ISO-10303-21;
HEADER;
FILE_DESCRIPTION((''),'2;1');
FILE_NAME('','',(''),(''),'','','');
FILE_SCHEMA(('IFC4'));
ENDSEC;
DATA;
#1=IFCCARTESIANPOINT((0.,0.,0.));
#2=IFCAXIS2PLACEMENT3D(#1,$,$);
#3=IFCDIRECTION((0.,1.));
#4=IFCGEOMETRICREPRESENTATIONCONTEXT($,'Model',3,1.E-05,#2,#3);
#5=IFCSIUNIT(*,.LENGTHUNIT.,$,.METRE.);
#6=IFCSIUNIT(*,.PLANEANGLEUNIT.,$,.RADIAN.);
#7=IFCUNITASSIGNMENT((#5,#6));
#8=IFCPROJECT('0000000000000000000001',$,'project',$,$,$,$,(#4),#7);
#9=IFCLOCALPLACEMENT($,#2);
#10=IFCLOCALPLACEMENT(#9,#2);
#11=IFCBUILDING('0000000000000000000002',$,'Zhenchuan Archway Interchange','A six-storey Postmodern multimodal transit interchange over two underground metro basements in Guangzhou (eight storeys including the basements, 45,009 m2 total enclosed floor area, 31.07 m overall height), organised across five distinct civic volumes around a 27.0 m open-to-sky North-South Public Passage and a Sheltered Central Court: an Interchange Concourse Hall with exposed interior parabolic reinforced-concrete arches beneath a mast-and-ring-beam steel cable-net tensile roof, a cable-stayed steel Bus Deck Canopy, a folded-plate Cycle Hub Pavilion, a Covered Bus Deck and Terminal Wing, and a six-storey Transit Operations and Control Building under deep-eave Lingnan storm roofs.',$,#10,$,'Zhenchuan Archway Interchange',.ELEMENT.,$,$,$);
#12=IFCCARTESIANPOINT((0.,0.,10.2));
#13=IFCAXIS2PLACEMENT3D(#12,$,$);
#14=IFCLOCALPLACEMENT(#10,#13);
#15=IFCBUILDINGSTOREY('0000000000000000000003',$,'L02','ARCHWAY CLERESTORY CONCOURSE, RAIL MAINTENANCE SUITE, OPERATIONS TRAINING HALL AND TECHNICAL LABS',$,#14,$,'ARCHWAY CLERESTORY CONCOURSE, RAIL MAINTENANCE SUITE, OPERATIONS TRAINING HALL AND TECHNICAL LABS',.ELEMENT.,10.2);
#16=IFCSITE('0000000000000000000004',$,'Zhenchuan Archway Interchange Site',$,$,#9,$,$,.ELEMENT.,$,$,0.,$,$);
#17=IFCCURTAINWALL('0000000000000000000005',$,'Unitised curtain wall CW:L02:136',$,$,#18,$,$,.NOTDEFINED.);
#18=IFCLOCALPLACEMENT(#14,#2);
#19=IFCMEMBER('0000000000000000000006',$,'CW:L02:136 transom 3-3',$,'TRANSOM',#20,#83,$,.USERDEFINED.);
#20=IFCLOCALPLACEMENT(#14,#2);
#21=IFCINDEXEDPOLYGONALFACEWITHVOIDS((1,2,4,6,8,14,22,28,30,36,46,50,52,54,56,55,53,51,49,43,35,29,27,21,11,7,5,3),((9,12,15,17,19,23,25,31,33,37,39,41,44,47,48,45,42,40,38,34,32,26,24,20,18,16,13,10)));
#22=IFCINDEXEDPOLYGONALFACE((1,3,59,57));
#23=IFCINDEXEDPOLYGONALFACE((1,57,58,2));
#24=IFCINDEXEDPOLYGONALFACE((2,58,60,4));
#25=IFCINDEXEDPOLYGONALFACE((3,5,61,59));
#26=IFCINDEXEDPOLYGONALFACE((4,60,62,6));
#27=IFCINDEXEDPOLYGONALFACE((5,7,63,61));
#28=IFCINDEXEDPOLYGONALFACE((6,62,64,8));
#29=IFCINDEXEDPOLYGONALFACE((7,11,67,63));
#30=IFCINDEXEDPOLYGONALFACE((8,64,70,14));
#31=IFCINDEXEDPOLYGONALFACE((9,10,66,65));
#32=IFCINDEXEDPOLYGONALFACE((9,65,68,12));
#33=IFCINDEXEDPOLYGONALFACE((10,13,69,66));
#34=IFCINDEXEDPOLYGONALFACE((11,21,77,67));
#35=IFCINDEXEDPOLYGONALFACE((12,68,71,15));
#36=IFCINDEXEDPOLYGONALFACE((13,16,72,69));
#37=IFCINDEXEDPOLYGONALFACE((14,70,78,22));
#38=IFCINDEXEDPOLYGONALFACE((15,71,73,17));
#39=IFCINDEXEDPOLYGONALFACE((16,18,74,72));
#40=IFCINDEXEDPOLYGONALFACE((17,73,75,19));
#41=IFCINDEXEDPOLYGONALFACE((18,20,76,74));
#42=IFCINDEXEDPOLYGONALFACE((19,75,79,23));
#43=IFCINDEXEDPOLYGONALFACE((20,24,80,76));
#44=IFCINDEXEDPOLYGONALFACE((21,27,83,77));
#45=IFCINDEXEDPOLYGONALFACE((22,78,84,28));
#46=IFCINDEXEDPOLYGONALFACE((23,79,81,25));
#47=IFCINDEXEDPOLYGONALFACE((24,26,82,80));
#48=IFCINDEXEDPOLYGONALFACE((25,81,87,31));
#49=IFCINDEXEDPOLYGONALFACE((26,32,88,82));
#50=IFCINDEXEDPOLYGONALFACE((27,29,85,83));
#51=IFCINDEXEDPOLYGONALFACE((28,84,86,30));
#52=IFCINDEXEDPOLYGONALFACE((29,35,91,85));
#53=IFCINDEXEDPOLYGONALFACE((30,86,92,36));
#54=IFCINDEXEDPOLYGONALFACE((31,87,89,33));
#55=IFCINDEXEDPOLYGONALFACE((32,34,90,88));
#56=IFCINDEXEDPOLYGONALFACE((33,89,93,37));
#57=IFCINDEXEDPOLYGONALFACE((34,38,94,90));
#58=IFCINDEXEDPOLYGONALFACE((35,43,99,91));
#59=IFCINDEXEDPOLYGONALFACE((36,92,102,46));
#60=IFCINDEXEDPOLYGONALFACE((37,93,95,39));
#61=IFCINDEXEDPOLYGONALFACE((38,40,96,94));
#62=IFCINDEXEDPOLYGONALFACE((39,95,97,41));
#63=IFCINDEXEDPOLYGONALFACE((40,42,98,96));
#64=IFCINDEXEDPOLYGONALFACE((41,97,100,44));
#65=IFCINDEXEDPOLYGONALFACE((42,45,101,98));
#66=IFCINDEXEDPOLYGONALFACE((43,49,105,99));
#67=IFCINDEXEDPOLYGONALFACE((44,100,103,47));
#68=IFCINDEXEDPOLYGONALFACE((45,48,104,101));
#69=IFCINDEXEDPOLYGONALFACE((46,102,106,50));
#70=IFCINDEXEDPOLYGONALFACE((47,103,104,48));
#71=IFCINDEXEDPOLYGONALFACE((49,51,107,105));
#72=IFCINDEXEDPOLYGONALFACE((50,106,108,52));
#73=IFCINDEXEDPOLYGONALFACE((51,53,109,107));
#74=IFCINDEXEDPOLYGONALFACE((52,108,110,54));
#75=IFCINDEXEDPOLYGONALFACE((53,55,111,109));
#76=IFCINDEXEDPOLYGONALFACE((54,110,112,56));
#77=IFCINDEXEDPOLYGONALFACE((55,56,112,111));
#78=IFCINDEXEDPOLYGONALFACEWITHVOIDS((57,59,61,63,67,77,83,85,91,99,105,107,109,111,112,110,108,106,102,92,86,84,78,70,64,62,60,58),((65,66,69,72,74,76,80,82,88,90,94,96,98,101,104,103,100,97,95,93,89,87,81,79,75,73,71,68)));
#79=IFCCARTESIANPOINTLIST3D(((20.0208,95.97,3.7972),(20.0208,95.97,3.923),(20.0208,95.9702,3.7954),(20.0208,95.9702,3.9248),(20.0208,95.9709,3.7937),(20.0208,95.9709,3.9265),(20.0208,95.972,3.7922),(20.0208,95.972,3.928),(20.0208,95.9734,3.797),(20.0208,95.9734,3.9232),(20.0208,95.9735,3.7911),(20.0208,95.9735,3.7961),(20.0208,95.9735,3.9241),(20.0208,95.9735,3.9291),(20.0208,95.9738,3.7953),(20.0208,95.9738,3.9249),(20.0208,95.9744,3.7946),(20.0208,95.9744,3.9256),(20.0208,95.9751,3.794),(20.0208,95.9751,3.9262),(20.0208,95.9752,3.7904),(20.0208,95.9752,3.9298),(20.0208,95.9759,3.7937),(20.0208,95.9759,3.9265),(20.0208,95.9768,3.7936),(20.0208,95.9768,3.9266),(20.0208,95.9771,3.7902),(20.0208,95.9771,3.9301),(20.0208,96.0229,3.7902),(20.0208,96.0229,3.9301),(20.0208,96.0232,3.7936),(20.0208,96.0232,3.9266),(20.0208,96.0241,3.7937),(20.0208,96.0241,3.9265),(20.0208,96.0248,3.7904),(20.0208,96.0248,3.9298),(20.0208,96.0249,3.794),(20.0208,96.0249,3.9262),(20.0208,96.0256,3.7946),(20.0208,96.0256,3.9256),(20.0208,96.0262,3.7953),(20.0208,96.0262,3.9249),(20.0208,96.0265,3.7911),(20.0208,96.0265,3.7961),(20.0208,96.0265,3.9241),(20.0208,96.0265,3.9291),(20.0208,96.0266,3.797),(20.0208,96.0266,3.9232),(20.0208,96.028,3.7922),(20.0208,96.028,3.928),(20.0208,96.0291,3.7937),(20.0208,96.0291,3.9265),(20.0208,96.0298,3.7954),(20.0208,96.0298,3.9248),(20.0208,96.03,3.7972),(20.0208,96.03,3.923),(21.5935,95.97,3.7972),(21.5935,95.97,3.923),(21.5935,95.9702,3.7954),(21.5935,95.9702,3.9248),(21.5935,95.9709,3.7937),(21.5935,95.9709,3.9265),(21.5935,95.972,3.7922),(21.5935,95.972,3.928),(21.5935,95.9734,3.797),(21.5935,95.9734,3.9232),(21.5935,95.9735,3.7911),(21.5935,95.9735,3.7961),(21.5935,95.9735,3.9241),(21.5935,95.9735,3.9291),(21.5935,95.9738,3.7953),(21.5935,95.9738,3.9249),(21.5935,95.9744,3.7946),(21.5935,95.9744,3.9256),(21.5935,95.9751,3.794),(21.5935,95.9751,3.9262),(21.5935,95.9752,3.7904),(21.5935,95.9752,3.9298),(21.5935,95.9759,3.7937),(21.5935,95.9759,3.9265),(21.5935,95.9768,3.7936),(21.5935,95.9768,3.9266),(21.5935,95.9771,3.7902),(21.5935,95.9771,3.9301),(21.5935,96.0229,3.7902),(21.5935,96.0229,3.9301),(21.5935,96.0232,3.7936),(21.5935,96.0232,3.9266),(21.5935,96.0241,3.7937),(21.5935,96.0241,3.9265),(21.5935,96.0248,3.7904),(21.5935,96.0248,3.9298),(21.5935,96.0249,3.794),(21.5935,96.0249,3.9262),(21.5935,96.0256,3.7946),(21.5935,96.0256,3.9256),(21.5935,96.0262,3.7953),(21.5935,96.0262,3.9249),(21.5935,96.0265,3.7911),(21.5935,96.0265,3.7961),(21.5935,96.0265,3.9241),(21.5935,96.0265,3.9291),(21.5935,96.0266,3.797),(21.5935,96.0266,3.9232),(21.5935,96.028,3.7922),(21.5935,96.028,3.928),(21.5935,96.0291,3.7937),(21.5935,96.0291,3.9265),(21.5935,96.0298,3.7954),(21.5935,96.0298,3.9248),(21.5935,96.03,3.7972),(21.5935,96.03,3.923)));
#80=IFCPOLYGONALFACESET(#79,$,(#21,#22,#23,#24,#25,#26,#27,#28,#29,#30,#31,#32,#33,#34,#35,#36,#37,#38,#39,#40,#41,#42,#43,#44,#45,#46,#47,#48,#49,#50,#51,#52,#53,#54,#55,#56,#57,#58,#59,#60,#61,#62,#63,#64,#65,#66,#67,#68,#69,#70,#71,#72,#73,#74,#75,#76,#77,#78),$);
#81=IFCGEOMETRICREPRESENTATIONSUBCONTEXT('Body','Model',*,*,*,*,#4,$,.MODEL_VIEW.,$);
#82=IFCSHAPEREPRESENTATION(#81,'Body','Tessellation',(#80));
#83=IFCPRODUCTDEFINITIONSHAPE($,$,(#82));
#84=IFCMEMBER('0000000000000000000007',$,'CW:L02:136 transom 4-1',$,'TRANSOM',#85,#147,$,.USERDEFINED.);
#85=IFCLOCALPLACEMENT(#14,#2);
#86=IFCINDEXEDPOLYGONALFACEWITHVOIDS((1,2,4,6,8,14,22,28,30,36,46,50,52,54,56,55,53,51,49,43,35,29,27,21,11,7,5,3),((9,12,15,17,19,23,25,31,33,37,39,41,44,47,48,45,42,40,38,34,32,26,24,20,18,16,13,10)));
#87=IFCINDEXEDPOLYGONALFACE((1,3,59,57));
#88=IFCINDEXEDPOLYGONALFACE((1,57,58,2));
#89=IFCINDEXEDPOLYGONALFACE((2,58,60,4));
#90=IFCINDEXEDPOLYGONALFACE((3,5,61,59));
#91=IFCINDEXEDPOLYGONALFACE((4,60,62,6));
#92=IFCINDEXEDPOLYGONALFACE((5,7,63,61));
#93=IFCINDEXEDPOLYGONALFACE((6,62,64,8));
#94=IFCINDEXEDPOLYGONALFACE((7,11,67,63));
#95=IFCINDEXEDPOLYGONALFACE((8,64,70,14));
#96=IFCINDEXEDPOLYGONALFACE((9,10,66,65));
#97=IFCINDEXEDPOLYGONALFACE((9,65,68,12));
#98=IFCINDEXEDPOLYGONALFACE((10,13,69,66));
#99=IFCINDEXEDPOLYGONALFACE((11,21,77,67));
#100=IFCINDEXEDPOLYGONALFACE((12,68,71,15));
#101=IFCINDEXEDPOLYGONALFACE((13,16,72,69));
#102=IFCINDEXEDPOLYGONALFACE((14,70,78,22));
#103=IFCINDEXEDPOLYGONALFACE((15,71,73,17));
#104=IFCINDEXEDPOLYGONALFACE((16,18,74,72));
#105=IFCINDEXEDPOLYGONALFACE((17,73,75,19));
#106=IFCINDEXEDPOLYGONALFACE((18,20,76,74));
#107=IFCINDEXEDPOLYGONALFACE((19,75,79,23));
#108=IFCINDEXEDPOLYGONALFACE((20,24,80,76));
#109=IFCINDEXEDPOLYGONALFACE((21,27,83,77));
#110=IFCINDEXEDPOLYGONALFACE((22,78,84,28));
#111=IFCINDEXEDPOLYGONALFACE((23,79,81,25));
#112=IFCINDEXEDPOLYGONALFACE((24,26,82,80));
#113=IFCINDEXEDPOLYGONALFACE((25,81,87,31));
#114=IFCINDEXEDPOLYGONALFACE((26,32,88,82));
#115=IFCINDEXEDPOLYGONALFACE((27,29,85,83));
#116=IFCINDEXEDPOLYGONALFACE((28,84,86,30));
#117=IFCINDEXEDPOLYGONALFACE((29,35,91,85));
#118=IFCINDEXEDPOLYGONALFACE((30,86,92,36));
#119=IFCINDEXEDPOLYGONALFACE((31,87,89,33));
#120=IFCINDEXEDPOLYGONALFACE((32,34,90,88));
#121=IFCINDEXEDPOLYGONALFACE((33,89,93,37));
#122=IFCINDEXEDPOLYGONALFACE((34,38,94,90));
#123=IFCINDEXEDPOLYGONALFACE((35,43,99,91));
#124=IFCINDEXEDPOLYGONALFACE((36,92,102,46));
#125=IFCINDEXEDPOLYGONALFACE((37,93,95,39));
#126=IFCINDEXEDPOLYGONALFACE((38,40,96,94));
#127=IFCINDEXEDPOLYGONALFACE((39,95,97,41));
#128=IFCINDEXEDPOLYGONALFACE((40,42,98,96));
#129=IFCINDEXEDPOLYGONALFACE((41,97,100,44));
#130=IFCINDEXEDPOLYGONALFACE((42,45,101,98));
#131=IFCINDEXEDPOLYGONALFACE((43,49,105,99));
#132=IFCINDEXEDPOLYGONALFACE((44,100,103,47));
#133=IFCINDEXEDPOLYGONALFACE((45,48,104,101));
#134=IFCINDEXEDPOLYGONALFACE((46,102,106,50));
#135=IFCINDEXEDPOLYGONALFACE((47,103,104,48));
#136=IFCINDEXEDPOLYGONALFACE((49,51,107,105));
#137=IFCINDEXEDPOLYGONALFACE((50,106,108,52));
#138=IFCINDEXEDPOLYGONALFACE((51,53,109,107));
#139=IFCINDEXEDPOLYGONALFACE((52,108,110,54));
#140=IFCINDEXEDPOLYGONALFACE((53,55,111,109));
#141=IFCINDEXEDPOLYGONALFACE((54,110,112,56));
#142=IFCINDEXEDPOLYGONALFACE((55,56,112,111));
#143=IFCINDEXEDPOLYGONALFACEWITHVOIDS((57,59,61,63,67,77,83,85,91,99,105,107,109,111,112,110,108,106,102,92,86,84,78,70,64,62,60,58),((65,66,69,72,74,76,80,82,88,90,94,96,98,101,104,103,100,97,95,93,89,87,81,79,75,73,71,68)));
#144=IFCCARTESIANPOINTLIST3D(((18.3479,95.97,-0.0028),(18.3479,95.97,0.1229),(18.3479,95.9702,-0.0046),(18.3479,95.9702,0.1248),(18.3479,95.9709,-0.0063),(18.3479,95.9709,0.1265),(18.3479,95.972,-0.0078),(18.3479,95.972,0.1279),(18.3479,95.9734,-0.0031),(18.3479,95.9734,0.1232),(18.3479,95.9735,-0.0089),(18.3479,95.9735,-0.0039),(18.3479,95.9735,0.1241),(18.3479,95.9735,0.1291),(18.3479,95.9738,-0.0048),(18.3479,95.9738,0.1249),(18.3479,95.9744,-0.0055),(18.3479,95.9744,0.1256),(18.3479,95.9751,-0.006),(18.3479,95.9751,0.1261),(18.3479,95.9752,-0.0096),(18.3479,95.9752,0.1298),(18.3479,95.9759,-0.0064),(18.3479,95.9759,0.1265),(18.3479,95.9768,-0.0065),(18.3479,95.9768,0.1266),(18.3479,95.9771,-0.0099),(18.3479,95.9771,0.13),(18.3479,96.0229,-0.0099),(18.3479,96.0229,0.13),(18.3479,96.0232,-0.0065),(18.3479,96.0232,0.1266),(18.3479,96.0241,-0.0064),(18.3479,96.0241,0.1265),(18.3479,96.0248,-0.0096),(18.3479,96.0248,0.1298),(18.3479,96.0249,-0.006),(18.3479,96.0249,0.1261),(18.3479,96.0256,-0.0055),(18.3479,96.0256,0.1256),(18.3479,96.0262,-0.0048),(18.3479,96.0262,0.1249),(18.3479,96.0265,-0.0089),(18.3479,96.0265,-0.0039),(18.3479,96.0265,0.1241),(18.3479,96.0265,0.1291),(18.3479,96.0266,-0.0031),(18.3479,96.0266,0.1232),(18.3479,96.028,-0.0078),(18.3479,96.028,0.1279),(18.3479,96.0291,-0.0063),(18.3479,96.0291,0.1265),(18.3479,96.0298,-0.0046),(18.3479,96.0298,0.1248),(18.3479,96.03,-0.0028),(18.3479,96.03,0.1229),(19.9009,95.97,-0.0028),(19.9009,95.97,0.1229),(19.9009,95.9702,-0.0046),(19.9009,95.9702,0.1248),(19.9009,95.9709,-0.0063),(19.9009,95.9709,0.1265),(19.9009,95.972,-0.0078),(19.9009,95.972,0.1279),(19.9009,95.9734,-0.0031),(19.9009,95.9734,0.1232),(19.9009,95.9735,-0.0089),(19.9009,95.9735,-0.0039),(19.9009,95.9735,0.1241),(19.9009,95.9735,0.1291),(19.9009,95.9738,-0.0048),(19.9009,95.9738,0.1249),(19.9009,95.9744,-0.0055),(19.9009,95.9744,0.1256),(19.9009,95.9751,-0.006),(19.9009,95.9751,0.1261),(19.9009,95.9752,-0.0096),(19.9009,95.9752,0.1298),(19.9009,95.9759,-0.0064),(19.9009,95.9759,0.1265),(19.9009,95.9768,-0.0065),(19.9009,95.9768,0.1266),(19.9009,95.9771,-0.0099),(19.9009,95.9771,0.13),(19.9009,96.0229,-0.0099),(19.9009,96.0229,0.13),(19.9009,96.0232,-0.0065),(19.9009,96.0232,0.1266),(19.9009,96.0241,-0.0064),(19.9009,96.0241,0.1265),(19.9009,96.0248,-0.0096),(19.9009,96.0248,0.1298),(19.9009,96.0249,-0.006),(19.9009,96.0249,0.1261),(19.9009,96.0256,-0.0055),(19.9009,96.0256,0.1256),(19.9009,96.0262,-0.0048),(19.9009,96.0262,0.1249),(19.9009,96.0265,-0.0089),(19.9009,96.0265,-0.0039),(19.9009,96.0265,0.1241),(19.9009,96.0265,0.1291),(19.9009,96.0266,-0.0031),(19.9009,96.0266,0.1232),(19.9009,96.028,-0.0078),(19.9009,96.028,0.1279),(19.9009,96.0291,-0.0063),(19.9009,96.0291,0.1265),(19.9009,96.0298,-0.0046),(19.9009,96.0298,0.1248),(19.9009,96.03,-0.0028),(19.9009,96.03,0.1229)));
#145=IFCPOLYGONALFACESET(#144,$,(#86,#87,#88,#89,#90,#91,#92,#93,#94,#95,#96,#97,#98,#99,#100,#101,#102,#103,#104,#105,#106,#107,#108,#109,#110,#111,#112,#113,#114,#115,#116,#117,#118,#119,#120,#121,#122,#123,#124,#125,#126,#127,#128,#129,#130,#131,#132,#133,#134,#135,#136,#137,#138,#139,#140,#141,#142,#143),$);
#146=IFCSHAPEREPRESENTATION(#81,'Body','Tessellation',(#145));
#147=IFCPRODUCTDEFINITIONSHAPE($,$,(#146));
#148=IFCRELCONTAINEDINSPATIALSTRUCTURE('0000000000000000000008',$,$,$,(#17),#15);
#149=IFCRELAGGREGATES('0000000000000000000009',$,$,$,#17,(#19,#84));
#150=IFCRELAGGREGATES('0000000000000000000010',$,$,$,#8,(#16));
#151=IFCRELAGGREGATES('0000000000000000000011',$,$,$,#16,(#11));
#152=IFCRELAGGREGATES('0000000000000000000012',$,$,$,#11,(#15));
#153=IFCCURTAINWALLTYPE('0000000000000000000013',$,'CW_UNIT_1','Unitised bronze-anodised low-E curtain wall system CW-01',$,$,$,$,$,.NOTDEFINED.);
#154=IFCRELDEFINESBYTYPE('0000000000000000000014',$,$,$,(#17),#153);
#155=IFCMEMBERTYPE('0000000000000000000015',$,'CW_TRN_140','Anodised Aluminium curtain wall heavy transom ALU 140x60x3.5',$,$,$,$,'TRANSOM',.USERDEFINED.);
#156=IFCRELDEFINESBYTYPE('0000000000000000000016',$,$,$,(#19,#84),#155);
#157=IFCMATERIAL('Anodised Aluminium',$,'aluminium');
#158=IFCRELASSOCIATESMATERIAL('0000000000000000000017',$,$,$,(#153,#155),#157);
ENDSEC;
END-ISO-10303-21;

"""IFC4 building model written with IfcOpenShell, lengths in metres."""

from ifc_helpers import new_model, si_unit, direction, frame, origin, origin_2d, place, context, subcontext, project, spatial, hollow_rectangle, extrude, material, material_profile, profile_set, type_object, element, aggregate, save


model = new_model("IFC4")

# Units and contexts
model_context = context("Model", 3, precision=1e-05, world=origin(), true_north=direction((0.0, 1.0)))
body_context = subcontext(model_context, "Body", "Model", "MODEL_VIEW")
ifc_project = project(units=[si_unit("LENGTHUNIT", "METRE"), si_unit("PLANEANGLEUNIT", "RADIAN")], contexts=[model_context])

# Site, building, storey
site_placement = place(None, origin())
site = spatial("IfcSite", under=ifc_project, at=site_placement, Name="Zhenchuan Archway Interchange Site", CompositionType="ELEMENT", RefElevation=0.0)
building_placement = place(site_placement, origin())
building = spatial("IfcBuilding", under=site, at=building_placement, Name="Zhenchuan Archway Interchange", Description="A six-storey Postmodern multimodal transit interchange over two underground metro basements in Guangzhou (eight storeys including the basements, 45,009 m2 total enclosed floor area, 31.07 m overall height), organised across five distinct civic volumes around a 27.0 m open-to-sky North-South Public Passage and a Sheltered Central Court: an Interchange Concourse Hall with exposed interior parabolic reinforced-concrete arches beneath a mast-and-ring-beam steel cable-net tensile roof, a cable-stayed steel Bus Deck Canopy, a folded-plate Cycle Hub Pavilion, a Covered Bus Deck and Terminal Wing, and a six-storey Transit Operations and Control Building under deep-eave Lingnan storm roofs.", LongName="Zhenchuan Archway Interchange", CompositionType="ELEMENT")
storey_placement = place(building_placement, frame((0.0, 0.0, 10.2)))
storey = spatial("IfcBuildingStorey", under=building, at=storey_placement, Name="L02", Description="ARCHWAY CLERESTORY CONCOURSE, RAIL MAINTENANCE SUITE, OPERATIONS TRAINING HALL AND TECHNICAL LABS", LongName="ARCHWAY CLERESTORY CONCOURSE, RAIL MAINTENANCE SUITE, OPERATIONS TRAINING HALL AND TECHNICAL LABS", CompositionType="ELEMENT", Elevation=10.2)

# Curtain wall, members
ifc_material_1 = material(Name="Anodised Aluminium", Category="aluminium")
curtain_wall_type = type_object("IfcCurtainWallType", Name="CW_UNIT_1", Description="Unitised bronze-anodised low-E curtain wall system CW-01", PredefinedType="NOTDEFINED", material=ifc_material_1)
curtain_wall_placement = place(storey_placement, origin())
curtain_wall = element("IfcCurtainWall", 1, at=curtain_wall_placement, inside=storey, type_object=curtain_wall_type, Name="Unitised curtain wall CW:L02:136", PredefinedType="NOTDEFINED")
ifc_material_profile_1 = material_profile(ifc_material_1, hollow_rectangle(XDim=0.0601, YDim=0.1399, WallThickness=0.0034, InnerFilletRadius=0.0034, OuterFilletRadius=0.0071, at=origin_2d()), Name="ALU 140x60x3.5")
ifc_profile_set_1 = profile_set([ifc_material_profile_1], Name="Anodised Aluminium")
member_type_1 = type_object("IfcMemberType", Name="CW_TRN_140", Description="Anodised Aluminium curtain wall heavy transom ALU 140x60x3.5", ElementType="TRANSOM", PredefinedType="USERDEFINED", material=ifc_profile_set_1)
member_1_placement = place(storey_placement, frame((21.5935, 96.0, 3.8601), z_axis=(-1.0, 0.0, 0.0), x_axis=(0.0, -1.0, 0.0)))
member_1 = element("IfcMember", 2, at=member_1_placement, type_object=member_type_1, Name="CW:L02:136 transom 3-3", ObjectType="TRANSOM", PredefinedType="USERDEFINED", context=body_context, shape_type="SweptSolid", body=[
    extrude(hollow_rectangle(XDim=0.0601, YDim=0.1399, WallThickness=0.0034, InnerFilletRadius=0.0034, OuterFilletRadius=0.0071, at=origin_2d()), origin(), (0.0, 0.0, 1.0), 1.5728),
])
member_2_placement = place(storey_placement, frame((19.9009, 96.0, 0.0601), z_axis=(-1.0, 0.0, 0.0), x_axis=(0.0, -1.0, 0.0)))
member_2 = element("IfcMember", 3, at=member_2_placement, type_object=member_type_1, Name="CW:L02:136 transom 4-1", ObjectType="TRANSOM", PredefinedType="USERDEFINED", context=body_context, shape_type="SweptSolid", body=[
    extrude(hollow_rectangle(XDim=0.0601, YDim=0.1399, WallThickness=0.0034, InnerFilletRadius=0.0034, OuterFilletRadius=0.0071, at=origin_2d()), origin(), (0.0, 0.0, 1.0), 1.553),
])

aggregate(curtain_wall, [member_1, member_2])

save(model, "model.ifc")
